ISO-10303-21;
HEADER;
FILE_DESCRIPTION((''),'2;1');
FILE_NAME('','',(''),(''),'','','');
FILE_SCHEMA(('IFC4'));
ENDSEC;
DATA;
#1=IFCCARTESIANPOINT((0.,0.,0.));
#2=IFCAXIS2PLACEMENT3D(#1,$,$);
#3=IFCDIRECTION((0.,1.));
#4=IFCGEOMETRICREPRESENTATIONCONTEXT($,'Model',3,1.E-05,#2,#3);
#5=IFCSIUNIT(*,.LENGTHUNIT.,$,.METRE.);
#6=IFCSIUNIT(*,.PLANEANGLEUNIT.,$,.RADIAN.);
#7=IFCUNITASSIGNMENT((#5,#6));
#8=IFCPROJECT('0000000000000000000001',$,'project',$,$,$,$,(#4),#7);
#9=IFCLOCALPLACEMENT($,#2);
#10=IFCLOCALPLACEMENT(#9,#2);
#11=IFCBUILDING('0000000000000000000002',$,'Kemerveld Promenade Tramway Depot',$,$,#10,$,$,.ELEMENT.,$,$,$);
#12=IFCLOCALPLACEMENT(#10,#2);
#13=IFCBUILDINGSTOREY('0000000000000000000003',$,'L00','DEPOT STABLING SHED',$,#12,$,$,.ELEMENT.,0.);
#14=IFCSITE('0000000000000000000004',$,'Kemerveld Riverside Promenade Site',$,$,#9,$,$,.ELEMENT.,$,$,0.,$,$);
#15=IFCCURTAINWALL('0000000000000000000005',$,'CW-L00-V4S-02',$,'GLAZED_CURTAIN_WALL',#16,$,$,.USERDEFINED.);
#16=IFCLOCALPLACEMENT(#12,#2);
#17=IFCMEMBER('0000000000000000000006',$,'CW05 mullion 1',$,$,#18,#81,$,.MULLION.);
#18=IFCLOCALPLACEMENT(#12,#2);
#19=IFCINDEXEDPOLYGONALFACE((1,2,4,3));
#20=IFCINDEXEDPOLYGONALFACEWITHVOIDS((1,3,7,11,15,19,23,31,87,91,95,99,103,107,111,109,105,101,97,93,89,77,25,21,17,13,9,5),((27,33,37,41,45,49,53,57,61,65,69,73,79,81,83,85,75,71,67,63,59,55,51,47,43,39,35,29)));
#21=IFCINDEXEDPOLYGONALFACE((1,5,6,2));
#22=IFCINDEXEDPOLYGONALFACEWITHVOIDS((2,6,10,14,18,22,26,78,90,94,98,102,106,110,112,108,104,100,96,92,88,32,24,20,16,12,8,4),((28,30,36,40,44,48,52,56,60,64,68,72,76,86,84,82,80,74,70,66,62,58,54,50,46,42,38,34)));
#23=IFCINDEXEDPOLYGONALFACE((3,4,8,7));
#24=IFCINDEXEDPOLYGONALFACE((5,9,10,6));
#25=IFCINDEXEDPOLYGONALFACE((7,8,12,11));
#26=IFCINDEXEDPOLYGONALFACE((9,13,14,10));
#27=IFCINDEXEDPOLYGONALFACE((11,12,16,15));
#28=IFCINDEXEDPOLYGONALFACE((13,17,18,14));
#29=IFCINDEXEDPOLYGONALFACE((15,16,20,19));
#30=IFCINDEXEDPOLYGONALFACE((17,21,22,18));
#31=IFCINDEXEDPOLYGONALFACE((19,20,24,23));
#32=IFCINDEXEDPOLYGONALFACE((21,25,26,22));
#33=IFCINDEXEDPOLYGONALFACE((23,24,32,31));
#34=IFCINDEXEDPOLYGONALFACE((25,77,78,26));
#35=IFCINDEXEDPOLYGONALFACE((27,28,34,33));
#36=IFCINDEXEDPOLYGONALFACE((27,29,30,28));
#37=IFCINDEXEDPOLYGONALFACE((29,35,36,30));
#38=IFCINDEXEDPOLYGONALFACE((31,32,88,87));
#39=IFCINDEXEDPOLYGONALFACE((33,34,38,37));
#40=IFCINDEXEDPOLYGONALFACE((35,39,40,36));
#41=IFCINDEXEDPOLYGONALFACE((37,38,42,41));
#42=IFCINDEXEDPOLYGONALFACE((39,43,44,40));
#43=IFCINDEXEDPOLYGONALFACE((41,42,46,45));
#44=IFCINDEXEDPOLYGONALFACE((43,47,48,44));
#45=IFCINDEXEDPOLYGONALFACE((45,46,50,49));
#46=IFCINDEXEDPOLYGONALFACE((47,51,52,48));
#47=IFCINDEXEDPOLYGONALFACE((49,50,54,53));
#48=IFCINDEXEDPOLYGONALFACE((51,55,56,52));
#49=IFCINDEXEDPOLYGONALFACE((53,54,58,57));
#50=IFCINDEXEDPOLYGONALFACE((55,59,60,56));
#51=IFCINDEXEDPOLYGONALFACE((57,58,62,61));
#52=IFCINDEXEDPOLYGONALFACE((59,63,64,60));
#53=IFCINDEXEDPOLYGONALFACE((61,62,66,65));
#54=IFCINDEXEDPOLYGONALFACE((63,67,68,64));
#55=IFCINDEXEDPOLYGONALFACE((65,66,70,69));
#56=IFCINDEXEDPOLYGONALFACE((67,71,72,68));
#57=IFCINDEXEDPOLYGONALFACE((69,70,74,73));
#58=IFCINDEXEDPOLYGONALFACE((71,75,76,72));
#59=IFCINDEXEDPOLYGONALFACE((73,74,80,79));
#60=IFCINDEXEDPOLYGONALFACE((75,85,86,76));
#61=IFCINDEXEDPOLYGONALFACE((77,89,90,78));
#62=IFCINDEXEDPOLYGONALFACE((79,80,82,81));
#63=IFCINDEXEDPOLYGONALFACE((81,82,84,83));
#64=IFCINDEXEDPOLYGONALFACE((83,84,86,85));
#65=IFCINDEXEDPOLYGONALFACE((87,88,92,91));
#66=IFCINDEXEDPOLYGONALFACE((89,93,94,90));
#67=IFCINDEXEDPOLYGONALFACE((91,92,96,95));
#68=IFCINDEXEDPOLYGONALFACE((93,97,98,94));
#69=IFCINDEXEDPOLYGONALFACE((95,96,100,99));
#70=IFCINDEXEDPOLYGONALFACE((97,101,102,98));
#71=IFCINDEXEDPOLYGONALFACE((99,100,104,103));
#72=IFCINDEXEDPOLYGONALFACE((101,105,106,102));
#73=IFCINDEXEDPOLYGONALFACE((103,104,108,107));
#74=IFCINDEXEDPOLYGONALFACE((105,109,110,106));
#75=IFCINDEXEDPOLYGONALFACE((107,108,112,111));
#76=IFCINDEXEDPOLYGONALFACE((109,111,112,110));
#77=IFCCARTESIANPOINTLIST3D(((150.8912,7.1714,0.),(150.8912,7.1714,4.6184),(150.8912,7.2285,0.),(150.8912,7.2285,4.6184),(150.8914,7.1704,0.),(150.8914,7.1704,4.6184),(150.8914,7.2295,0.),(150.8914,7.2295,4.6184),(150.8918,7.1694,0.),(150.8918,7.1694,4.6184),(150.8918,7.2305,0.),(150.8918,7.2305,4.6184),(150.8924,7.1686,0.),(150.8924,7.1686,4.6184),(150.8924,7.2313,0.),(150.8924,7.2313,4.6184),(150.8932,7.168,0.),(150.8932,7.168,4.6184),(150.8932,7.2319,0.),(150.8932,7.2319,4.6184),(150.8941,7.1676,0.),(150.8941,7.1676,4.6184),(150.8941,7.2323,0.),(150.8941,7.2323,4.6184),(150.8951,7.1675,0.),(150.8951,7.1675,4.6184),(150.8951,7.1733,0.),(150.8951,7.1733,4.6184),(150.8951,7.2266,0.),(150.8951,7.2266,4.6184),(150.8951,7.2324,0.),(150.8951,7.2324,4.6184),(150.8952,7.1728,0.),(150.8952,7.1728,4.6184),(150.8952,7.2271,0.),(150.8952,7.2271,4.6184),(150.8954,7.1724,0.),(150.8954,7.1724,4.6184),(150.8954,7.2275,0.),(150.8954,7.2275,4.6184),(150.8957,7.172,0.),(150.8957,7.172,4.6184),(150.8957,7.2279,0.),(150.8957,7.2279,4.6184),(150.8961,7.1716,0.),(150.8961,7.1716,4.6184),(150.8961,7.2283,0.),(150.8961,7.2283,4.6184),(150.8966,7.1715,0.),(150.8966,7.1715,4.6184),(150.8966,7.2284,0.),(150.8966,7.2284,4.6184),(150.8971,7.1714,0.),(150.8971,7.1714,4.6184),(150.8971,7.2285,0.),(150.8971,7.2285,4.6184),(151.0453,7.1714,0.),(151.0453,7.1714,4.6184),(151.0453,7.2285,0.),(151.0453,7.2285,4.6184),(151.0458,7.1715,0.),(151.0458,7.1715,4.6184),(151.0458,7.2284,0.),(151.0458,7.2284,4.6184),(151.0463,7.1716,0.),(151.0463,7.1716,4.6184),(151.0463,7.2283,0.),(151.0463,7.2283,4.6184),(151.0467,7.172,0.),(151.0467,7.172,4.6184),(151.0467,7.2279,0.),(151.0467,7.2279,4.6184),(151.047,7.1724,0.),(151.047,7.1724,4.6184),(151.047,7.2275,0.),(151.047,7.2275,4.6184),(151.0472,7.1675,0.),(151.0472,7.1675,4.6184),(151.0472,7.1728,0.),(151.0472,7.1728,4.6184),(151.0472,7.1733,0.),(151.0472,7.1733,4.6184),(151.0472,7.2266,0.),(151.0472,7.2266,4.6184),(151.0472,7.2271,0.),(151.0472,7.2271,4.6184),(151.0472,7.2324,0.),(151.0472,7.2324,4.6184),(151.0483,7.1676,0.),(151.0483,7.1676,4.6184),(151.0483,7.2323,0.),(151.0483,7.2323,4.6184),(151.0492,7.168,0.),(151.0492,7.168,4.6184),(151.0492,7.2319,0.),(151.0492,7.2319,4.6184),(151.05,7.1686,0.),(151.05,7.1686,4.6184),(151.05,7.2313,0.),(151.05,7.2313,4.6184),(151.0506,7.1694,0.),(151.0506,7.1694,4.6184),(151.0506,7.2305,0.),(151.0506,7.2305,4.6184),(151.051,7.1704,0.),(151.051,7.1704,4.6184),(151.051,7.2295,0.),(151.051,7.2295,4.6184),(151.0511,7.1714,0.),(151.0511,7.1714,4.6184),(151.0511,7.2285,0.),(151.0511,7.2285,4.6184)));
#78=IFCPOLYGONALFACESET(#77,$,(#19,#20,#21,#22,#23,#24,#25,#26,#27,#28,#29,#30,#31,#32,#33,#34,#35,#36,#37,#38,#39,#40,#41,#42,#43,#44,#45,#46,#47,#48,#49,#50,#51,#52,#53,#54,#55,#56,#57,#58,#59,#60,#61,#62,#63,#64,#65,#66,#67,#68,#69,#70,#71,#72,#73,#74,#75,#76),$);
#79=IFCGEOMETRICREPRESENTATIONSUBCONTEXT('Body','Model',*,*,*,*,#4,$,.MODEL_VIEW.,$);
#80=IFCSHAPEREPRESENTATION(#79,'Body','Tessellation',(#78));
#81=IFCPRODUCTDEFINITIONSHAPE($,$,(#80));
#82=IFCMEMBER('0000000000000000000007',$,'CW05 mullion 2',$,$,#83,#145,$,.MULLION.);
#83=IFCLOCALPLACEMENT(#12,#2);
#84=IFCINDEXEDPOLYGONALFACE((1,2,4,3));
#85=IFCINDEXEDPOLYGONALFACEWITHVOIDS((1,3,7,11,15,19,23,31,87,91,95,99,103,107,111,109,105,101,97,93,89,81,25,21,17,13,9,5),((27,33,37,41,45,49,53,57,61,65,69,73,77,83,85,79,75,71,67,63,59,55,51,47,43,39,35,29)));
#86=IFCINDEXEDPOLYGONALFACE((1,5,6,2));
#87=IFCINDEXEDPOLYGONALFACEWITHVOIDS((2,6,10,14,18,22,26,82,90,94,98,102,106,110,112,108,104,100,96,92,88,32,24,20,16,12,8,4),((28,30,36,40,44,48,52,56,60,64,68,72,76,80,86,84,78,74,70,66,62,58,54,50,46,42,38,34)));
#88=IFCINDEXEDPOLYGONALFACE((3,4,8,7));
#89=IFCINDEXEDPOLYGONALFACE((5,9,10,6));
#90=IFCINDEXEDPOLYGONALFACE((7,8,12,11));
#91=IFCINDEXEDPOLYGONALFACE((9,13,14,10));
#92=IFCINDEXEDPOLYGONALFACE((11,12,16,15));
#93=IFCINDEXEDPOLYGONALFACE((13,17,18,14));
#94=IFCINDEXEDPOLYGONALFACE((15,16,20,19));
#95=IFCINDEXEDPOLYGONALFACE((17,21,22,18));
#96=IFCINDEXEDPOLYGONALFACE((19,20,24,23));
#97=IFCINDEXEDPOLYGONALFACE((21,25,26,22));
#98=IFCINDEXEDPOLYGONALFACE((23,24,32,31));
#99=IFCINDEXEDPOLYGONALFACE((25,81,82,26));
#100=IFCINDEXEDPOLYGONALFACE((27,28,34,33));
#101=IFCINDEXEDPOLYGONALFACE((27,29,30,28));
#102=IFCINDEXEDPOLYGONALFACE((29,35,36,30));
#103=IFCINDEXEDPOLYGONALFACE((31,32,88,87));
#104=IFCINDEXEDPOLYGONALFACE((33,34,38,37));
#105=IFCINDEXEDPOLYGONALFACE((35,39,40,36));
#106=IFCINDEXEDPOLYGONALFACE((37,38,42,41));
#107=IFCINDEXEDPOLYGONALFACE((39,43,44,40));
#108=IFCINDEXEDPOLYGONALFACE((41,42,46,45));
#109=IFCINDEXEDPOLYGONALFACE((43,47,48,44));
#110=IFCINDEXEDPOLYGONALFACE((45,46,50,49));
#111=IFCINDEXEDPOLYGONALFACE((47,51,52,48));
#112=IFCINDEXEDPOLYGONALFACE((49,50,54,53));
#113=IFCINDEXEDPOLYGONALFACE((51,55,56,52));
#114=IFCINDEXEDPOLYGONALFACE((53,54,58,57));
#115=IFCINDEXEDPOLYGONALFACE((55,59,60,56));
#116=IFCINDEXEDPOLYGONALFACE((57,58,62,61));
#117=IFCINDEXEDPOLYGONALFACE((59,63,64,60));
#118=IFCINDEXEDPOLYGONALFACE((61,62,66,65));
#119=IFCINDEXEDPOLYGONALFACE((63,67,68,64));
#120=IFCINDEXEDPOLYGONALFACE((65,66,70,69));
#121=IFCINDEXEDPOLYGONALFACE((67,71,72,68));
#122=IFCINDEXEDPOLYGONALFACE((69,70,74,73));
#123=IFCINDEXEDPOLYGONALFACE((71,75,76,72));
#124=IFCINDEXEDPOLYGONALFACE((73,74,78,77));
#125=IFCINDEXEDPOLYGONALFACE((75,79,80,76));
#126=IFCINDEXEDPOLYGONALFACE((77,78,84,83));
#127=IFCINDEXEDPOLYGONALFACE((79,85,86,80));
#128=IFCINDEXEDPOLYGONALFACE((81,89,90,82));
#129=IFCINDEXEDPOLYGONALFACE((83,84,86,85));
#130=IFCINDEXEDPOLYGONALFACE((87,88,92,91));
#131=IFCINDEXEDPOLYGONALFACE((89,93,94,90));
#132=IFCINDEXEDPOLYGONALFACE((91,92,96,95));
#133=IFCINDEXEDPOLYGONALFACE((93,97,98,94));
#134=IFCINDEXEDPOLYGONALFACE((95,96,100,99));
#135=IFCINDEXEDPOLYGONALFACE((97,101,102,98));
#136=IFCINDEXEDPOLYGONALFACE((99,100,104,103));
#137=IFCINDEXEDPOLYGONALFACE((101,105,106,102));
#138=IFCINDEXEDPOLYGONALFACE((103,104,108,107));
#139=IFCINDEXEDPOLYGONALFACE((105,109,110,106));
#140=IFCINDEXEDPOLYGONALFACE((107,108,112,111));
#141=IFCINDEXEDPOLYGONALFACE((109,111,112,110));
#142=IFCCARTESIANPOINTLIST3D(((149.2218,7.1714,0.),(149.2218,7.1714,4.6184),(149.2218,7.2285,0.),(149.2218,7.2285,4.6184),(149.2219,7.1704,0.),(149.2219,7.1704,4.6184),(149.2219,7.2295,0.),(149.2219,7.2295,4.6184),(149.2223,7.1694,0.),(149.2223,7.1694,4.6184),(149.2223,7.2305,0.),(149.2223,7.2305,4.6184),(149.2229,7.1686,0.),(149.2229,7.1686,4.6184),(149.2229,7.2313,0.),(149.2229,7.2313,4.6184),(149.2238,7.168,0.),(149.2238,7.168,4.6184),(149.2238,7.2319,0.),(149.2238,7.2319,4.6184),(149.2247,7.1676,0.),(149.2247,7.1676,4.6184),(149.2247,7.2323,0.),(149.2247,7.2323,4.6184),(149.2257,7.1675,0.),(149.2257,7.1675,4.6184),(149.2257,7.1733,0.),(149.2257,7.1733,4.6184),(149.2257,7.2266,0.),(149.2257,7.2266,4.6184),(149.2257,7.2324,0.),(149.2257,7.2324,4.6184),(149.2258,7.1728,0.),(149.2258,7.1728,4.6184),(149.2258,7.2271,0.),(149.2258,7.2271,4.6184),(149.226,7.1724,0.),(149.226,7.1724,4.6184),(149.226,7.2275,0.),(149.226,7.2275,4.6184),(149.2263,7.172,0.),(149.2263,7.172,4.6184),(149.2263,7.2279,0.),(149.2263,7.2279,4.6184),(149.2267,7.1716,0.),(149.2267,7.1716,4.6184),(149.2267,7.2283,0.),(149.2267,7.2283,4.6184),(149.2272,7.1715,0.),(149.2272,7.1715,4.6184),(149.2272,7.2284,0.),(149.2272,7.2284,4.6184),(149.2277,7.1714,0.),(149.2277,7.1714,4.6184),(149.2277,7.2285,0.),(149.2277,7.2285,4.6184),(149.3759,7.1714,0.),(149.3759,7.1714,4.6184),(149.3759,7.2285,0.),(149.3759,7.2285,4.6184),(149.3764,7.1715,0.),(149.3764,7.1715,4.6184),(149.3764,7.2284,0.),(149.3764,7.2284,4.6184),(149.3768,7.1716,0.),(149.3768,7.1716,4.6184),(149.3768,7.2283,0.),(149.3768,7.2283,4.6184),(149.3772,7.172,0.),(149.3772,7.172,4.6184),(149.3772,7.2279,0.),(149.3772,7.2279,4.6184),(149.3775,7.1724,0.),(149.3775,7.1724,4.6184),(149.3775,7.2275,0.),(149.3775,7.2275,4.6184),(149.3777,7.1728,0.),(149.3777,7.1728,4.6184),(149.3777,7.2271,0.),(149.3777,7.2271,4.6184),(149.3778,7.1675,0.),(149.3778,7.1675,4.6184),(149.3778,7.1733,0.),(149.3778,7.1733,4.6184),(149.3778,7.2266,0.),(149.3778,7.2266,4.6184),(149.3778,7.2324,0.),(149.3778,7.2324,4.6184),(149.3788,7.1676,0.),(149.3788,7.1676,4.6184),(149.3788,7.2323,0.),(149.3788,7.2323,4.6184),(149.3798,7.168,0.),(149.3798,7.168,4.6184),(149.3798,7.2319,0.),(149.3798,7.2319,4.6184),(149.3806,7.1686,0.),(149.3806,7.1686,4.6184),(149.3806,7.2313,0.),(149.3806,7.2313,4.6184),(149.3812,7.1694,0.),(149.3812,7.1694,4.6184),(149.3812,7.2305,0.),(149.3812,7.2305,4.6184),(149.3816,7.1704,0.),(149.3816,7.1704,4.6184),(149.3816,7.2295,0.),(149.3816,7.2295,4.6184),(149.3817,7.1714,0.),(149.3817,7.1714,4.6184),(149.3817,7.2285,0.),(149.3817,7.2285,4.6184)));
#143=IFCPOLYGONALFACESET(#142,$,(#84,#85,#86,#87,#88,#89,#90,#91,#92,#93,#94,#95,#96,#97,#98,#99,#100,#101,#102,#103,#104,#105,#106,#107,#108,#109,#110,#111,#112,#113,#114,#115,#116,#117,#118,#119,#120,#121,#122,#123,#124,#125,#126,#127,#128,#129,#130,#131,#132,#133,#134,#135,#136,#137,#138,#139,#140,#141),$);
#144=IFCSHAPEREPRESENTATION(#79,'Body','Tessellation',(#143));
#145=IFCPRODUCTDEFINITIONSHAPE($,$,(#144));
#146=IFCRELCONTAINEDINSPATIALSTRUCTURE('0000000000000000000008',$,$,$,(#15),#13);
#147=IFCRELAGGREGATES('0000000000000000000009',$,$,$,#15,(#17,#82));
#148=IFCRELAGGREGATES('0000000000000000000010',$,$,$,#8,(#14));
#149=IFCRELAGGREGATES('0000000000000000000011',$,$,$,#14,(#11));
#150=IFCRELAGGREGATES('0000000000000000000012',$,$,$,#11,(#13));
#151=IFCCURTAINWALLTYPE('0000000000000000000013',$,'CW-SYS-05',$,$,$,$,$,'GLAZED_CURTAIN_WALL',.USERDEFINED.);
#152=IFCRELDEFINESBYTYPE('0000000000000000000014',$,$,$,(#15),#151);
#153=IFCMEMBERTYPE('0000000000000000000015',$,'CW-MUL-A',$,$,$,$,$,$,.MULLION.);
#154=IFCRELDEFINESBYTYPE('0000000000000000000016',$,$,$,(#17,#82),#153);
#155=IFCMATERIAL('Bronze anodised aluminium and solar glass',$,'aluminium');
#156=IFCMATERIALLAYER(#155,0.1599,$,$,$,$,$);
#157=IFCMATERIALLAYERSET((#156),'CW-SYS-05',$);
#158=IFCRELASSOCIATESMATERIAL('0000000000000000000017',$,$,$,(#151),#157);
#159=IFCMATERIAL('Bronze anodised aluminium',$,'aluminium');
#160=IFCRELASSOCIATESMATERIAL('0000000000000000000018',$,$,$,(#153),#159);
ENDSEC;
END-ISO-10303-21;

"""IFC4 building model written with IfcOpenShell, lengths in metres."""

from ifc_helpers import new_model, si_unit, direction, frame, origin, origin_2d, place, context, subcontext, project, spatial, hollow_rectangle, extrude, material, layer, layer_set, material_profile, profile_set, type_object, element, aggregate, save


model = new_model("IFC4")

# Units and contexts
model_context = context("Model", 3, precision=1e-05, world=origin(), true_north=direction((0.0, 1.0)))
body_context = subcontext(model_context, "Body", "Model", "MODEL_VIEW")
ifc_project = project(units=[si_unit("LENGTHUNIT", "METRE"), si_unit("PLANEANGLEUNIT", "RADIAN")], contexts=[model_context])

# Site, building, storey
site_placement = place(None, origin())
site = spatial("IfcSite", under=ifc_project, at=site_placement, Name="Kemerveld Riverside Promenade Site", CompositionType="ELEMENT", RefElevation=0.0)
building_placement = place(site_placement, origin())
building = spatial("IfcBuilding", under=site, at=building_placement, Name="Kemerveld Promenade Tramway Depot", CompositionType="ELEMENT")
storey_placement = place(building_placement, origin())
storey = spatial("IfcBuildingStorey", under=building, at=storey_placement, Name="L00", Description="DEPOT STABLING SHED", CompositionType="ELEMENT", Elevation=0.0)

# Curtain wall, members
ifc_material_1 = material(Name="Bronze anodised aluminium and solar glass", Category="aluminium")
ifc_layer_1 = layer(ifc_material_1, 0.1599)
ifc_layer_set_1 = layer_set([ifc_layer_1], Name="CW-SYS-05")
curtain_wall_type = type_object("IfcCurtainWallType", Name="CW-SYS-05", ElementType="GLAZED_CURTAIN_WALL", PredefinedType="USERDEFINED", material=ifc_layer_set_1)
curtain_wall_placement = place(storey_placement, origin())
curtain_wall = element("IfcCurtainWall", 1, at=curtain_wall_placement, inside=storey, type_object=curtain_wall_type, Name="CW-L00-V4S-02", ObjectType="GLAZED_CURTAIN_WALL", PredefinedType="USERDEFINED")
ifc_material_2 = material(Name="Bronze anodised aluminium", Category="aluminium")
ifc_material_profile_1 = material_profile(ifc_material_2, hollow_rectangle(XDim=0.0649, YDim=0.1599, WallThickness=0.0039, InnerFilletRadius=0.002, OuterFilletRadius=0.0039, at=origin_2d()), Name="CW-MUL-160x65")
ifc_profile_set_1 = profile_set([ifc_material_profile_1], Name="Bronze anodised aluminium")
member_type_1 = type_object("IfcMemberType", Name="CW-MUL-A", PredefinedType="MULLION", material=ifc_profile_set_1)
member_1_placement = place(storey_placement, frame((150.9712, 7.2, 0.0), z_axis=(0.0, 0.0, 1.0), x_axis=(0.0, -1.0, 0.0)))
member_1 = element("IfcMember", 2, at=member_1_placement, type_object=member_type_1, Name="CW05 mullion 1", PredefinedType="MULLION", context=body_context, shape_type="SweptSolid", body=[
    extrude(hollow_rectangle(XDim=0.0649, YDim=0.1599, WallThickness=0.0039, InnerFilletRadius=0.002, OuterFilletRadius=0.0039, at=origin_2d()), origin(), (0.0, 0.0, 1.0), 4.6184),
])
member_2_placement = place(storey_placement, frame((149.3018, 7.2, 0.0), z_axis=(0.0, 0.0, 1.0), x_axis=(0.0, -1.0, 0.0)))
member_2 = element("IfcMember", 3, at=member_2_placement, type_object=member_type_1, Name="CW05 mullion 2", PredefinedType="MULLION", context=body_context, shape_type="SweptSolid", body=[
    extrude(hollow_rectangle(XDim=0.0649, YDim=0.1599, WallThickness=0.0039, InnerFilletRadius=0.002, OuterFilletRadius=0.0039, at=origin_2d()), origin(), (0.0, 0.0, 1.0), 4.6184),
])
aggregate(curtain_wall, [member_1, member_2])

save(model, "model.ifc")
